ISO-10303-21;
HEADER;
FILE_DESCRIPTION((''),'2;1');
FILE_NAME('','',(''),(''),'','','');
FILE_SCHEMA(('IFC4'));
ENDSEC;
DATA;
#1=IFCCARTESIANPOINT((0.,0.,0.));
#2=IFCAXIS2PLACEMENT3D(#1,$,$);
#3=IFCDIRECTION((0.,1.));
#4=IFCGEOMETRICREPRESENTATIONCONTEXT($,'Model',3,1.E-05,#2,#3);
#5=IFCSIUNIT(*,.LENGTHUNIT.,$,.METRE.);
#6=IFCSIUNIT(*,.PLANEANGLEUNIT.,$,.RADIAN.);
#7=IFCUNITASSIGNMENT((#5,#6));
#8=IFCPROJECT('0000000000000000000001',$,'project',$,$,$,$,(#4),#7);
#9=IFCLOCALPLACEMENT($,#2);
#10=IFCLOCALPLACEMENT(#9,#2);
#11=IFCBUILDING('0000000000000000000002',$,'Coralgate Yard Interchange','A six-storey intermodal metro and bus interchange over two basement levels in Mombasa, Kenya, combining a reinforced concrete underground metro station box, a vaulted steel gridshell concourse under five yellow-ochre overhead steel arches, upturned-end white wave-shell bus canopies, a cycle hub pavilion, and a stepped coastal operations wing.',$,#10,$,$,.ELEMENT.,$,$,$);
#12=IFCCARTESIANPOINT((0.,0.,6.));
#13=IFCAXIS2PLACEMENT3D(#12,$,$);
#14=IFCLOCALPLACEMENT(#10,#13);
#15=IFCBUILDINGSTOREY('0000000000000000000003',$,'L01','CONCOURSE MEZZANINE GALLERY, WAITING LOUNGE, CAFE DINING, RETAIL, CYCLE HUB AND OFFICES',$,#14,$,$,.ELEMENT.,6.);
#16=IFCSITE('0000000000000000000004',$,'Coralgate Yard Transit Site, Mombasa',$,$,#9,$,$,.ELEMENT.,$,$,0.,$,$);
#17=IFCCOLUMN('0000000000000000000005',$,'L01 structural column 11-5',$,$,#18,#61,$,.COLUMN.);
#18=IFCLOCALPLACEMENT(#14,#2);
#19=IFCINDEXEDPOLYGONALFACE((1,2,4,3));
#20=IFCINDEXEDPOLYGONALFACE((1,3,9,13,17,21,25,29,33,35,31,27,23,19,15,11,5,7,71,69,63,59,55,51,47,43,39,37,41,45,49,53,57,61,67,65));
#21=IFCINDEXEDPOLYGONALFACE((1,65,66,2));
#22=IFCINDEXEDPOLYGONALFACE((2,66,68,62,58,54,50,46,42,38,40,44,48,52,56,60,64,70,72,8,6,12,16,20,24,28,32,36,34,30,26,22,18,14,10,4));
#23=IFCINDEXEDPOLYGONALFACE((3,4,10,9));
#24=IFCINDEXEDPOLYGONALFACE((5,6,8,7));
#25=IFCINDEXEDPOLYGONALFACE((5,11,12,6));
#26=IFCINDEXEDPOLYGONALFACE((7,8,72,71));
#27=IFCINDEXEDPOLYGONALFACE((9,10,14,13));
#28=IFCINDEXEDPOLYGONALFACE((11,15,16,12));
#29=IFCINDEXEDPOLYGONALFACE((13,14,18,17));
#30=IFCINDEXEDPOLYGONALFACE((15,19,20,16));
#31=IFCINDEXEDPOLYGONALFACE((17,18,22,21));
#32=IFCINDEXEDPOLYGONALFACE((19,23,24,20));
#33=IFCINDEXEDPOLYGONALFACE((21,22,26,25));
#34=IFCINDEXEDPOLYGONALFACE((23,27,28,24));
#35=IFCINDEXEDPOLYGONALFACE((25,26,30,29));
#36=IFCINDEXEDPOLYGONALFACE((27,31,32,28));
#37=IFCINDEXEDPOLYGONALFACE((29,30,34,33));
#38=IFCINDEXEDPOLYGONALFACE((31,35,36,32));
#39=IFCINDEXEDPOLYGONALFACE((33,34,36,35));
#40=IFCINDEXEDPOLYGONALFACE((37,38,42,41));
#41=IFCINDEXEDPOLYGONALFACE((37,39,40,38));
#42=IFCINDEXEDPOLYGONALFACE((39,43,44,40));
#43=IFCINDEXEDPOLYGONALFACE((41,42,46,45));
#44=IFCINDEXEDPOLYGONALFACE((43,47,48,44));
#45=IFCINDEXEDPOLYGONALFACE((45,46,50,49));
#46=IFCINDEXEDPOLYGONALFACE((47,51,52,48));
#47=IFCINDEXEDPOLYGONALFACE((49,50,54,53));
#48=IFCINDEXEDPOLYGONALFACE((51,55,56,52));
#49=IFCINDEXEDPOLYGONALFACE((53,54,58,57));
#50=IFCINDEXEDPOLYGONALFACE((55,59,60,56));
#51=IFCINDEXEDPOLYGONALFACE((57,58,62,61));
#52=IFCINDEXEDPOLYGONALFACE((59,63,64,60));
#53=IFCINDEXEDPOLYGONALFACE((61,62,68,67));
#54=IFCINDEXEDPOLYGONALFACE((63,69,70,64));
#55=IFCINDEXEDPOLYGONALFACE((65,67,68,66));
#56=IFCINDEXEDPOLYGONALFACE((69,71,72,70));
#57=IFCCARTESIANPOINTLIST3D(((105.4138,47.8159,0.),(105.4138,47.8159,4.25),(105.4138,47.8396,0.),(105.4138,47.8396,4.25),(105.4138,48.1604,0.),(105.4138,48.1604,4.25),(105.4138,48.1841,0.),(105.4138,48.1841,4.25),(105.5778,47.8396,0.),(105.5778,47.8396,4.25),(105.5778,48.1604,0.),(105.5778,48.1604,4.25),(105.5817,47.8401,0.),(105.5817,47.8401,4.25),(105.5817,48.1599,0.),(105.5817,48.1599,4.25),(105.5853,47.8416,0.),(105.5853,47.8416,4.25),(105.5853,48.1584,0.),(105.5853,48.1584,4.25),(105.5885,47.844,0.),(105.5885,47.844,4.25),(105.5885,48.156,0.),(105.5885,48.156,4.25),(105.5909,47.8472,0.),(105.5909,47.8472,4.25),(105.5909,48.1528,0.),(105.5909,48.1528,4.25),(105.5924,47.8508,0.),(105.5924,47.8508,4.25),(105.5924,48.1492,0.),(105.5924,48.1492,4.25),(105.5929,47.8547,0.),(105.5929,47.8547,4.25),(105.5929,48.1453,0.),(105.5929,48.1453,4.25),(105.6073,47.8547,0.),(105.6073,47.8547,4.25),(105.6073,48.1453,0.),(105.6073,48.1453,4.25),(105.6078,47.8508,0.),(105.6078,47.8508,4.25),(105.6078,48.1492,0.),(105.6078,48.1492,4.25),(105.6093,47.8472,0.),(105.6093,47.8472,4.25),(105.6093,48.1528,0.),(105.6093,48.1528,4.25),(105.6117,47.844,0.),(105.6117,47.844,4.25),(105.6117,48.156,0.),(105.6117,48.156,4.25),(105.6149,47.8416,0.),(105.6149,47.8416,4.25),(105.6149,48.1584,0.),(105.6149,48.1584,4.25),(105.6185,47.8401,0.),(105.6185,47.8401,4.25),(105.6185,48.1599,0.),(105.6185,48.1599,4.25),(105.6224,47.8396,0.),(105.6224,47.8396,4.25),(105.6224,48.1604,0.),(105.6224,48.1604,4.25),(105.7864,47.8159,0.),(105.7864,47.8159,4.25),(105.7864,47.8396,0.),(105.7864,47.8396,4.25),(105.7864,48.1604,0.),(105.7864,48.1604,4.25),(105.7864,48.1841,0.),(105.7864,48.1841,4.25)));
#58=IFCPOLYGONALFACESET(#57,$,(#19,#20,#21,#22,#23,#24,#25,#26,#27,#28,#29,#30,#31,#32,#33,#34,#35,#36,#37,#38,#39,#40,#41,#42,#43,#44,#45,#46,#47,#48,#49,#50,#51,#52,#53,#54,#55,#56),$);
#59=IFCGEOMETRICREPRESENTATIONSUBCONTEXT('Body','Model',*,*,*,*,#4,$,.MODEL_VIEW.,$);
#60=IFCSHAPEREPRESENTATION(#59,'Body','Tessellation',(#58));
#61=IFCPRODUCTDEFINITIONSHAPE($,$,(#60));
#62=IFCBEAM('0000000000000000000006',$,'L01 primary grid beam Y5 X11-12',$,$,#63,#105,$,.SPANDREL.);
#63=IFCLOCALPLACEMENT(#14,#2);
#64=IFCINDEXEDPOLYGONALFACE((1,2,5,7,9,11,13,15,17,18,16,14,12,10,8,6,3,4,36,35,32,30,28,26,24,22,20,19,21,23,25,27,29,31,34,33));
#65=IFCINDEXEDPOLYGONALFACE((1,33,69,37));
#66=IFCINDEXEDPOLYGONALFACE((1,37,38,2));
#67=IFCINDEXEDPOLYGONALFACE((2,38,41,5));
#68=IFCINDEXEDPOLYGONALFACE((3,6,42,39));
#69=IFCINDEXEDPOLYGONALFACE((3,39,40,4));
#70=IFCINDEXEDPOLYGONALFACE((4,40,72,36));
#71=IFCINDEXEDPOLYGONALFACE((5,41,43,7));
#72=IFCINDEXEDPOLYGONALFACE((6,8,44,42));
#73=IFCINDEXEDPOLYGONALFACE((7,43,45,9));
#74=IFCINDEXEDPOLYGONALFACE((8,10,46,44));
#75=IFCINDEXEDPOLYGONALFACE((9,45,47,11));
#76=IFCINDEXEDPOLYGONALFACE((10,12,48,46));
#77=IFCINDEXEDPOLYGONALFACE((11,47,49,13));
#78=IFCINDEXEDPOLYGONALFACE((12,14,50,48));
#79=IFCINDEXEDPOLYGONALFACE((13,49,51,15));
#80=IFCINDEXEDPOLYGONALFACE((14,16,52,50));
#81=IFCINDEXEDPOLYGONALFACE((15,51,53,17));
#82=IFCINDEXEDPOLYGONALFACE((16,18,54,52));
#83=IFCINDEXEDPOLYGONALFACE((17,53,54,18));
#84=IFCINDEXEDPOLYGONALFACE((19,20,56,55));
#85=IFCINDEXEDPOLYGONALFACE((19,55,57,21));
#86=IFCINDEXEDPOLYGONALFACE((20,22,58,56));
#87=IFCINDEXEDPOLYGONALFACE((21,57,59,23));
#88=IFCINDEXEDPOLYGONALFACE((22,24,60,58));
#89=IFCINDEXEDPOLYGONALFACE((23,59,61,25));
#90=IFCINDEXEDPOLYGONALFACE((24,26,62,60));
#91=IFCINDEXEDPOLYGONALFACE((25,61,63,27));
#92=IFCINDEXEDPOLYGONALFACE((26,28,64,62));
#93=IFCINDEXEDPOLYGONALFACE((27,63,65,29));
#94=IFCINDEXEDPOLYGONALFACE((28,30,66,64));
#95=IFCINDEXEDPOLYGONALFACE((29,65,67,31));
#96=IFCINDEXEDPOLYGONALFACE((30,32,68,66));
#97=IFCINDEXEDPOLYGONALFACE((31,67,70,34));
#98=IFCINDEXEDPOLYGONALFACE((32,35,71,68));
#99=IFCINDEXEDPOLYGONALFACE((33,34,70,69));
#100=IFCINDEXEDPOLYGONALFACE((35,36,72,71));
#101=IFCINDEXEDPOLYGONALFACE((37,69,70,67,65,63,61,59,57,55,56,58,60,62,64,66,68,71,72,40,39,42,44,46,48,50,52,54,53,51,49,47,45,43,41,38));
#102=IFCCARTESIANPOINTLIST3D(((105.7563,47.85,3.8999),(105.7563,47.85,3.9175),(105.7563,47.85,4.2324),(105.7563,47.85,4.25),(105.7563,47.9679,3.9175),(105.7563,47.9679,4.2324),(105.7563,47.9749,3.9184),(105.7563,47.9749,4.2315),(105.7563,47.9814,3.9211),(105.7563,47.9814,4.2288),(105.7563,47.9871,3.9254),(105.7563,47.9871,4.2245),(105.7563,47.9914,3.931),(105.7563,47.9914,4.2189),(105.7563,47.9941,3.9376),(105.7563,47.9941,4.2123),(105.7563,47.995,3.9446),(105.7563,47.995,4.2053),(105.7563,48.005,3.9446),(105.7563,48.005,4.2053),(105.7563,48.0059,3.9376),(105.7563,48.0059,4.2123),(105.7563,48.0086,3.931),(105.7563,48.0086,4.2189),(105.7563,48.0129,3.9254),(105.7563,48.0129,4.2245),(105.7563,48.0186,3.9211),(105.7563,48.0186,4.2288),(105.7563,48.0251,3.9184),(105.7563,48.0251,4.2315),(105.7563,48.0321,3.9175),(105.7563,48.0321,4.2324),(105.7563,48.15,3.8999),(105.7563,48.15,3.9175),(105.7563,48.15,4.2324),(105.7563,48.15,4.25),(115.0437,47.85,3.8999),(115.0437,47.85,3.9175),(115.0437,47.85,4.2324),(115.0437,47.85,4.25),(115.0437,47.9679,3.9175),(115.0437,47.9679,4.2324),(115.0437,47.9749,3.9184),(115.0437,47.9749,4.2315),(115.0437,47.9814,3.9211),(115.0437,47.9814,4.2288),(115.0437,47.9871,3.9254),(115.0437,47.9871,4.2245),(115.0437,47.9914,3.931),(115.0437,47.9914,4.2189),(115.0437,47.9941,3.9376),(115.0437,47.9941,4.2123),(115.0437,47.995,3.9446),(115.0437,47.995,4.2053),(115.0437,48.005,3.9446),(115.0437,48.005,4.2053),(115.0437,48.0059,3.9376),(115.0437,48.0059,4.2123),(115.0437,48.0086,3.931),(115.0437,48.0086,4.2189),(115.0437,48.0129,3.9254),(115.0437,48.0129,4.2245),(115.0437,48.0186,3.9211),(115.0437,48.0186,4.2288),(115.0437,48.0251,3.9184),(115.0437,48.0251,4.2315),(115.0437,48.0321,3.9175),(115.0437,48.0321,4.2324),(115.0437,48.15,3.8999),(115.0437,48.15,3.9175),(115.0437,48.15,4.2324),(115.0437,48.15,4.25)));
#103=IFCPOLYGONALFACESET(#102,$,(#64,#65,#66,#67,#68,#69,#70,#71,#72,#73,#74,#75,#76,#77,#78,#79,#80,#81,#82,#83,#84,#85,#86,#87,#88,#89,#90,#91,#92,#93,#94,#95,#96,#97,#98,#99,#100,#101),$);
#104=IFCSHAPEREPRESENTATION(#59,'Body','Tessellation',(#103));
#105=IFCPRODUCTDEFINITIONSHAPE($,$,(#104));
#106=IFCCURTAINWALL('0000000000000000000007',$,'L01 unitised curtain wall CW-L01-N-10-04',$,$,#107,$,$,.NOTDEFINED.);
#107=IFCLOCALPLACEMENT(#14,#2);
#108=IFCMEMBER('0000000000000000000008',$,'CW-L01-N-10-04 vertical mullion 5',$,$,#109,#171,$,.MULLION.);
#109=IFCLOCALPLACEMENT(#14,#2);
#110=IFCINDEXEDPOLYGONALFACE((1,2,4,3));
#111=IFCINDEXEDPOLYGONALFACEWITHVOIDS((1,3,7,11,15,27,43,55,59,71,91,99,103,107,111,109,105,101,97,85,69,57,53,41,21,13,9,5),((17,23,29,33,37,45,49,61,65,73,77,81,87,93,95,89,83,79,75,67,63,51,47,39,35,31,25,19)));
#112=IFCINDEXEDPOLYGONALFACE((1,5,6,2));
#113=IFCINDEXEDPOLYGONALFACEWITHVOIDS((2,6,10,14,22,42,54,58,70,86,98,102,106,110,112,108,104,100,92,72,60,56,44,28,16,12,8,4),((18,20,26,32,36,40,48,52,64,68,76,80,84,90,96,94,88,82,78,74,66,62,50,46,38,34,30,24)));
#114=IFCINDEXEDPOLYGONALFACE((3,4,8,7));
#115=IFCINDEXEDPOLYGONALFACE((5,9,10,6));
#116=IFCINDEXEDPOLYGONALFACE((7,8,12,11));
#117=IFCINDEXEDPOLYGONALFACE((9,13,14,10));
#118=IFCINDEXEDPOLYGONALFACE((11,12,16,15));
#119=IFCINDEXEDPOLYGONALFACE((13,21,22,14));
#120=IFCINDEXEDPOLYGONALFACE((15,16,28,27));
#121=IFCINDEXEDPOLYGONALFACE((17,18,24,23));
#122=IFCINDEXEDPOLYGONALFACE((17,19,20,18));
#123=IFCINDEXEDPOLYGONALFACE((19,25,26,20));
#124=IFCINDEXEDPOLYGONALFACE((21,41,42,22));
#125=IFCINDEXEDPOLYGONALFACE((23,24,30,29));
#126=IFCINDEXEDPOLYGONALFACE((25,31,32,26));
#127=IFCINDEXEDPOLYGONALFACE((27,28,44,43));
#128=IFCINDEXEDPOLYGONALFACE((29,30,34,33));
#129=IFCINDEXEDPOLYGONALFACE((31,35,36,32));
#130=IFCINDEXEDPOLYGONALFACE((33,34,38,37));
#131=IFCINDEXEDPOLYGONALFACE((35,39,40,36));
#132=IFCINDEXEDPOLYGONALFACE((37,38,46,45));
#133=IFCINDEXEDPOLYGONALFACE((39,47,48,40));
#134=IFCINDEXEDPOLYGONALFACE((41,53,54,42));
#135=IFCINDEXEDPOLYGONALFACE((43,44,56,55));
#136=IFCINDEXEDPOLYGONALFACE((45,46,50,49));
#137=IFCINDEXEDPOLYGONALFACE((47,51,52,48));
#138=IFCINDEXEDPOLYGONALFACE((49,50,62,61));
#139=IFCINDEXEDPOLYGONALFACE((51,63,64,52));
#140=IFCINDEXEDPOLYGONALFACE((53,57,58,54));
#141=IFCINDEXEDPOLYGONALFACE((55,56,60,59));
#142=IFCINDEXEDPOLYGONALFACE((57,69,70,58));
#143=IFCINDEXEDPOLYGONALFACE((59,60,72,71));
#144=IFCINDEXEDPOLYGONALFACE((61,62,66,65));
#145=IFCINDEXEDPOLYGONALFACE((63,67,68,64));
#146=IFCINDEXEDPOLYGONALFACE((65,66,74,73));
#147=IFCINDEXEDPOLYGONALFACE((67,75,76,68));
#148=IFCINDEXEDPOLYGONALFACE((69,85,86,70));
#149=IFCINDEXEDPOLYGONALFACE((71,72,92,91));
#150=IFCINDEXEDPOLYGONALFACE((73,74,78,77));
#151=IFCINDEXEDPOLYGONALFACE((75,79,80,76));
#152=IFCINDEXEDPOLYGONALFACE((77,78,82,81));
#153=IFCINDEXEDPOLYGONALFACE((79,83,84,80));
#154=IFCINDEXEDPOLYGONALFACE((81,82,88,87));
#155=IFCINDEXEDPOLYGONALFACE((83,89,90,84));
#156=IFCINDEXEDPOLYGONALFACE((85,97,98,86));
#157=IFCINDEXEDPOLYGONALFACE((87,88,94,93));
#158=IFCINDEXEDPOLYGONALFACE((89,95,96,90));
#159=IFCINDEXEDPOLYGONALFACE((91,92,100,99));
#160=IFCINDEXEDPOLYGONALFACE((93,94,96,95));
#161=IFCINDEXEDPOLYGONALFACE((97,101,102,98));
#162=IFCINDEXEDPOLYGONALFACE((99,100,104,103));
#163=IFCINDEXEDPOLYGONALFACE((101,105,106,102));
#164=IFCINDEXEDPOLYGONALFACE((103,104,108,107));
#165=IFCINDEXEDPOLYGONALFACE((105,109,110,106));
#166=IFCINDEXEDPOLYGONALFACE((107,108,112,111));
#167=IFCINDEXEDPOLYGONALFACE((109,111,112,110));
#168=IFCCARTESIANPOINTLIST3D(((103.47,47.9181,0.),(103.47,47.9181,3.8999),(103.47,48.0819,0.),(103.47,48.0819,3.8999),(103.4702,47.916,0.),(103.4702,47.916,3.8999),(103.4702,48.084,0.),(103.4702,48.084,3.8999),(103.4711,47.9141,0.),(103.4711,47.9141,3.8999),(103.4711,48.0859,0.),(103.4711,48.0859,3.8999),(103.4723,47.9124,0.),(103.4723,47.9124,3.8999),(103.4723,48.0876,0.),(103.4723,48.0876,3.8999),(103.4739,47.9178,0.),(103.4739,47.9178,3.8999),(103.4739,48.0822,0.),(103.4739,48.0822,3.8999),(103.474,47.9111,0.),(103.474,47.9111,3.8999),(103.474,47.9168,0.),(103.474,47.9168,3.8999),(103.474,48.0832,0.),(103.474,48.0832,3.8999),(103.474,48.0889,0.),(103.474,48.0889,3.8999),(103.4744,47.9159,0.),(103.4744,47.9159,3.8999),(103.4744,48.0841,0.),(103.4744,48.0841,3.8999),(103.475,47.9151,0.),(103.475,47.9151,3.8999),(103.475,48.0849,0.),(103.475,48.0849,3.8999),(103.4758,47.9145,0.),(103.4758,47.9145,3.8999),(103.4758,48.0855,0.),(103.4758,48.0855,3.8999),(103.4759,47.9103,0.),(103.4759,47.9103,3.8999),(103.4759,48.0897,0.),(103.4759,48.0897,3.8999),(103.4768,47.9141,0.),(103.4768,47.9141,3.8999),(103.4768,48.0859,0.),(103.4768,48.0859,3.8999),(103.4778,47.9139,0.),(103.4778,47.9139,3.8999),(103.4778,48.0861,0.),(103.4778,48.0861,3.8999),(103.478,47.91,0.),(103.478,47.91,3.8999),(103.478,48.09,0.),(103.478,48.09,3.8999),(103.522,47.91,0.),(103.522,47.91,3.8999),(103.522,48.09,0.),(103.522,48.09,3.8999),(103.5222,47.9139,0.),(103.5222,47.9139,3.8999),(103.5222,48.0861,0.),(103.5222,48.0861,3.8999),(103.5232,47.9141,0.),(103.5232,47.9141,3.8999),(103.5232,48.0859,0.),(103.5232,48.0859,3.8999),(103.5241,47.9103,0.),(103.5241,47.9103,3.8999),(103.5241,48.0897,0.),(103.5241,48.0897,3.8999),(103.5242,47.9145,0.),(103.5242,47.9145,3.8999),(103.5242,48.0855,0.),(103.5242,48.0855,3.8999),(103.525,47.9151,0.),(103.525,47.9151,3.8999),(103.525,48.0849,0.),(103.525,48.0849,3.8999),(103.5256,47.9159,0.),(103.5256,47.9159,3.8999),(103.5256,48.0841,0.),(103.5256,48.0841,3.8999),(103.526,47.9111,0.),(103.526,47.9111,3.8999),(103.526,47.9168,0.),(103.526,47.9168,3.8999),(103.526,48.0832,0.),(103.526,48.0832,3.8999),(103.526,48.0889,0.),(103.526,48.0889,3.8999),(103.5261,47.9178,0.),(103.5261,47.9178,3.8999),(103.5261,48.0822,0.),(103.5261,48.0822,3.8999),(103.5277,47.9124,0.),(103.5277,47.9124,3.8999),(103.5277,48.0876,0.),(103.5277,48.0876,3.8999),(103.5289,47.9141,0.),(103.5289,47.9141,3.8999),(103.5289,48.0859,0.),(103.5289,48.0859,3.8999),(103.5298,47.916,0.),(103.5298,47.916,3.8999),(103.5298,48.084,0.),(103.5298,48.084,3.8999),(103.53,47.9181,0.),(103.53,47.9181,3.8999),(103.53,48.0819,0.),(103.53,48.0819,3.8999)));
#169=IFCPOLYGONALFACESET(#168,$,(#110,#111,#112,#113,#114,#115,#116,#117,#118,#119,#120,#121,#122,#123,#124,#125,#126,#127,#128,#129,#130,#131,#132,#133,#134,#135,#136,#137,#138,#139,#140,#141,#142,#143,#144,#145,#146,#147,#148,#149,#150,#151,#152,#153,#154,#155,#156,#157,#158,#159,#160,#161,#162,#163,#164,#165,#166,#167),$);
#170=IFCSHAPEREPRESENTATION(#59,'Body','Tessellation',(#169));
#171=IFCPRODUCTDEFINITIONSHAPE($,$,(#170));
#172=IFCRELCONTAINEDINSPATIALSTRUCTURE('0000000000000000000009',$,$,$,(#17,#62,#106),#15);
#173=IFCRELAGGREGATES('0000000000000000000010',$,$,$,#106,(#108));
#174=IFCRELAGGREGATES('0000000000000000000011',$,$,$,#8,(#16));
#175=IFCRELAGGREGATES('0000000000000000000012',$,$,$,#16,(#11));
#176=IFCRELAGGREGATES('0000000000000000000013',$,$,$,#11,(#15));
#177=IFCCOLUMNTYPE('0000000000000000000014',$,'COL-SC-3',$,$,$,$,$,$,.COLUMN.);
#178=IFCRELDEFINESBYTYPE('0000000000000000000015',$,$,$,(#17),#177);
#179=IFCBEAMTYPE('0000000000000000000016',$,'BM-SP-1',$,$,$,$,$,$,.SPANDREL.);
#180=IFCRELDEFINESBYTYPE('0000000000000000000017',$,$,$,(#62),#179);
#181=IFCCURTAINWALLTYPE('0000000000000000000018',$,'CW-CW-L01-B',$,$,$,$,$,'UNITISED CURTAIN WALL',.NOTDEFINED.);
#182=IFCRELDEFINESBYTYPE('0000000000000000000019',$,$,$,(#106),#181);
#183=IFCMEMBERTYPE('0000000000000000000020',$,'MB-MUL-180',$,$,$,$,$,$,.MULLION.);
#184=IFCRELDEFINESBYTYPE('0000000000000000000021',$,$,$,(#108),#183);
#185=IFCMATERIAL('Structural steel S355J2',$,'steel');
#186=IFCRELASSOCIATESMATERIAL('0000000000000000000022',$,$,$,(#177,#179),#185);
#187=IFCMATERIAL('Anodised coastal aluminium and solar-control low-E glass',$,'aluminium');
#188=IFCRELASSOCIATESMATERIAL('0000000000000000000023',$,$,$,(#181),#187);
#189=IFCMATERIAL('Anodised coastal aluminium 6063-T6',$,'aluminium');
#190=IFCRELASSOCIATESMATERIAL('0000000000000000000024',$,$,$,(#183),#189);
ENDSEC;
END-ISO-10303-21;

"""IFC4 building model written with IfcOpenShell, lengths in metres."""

from ifc_helpers import new_model, si_unit, direction, frame, origin, origin_2d, place, context, subcontext, project, spatial, hollow_rectangle, i_section, extrude, material, material_profile, profile_set, type_object, element, aggregate, save


model = new_model("IFC4")

# Units and contexts
model_context = context("Model", 3, precision=1e-05, world=origin(), true_north=direction((0.0, 1.0)))
body_context = subcontext(model_context, "Body", "Model", "MODEL_VIEW")
ifc_project = project(units=[si_unit("LENGTHUNIT", "METRE"), si_unit("PLANEANGLEUNIT", "RADIAN")], contexts=[model_context])

# Site, building, storey
site_placement = place(None, origin())
site = spatial("IfcSite", under=ifc_project, at=site_placement, Name="Coralgate Yard Transit Site, Mombasa", CompositionType="ELEMENT", RefElevation=0.0)
building_placement = place(site_placement, origin())
building = spatial("IfcBuilding", under=site, at=building_placement, Name="Coralgate Yard Interchange", Description="A six-storey intermodal metro and bus interchange over two basement levels in Mombasa, Kenya, combining a reinforced concrete underground metro station box, a vaulted steel gridshell concourse under five yellow-ochre overhead steel arches, upturned-end white wave-shell bus canopies, a cycle hub pavilion, and a stepped coastal operations wing.", CompositionType="ELEMENT")
storey_placement = place(building_placement, frame((0.0, 0.0, 6.0)))
storey = spatial("IfcBuildingStorey", under=building, at=storey_placement, Name="L01", Description="CONCOURSE MEZZANINE GALLERY, WAITING LOUNGE, CAFE DINING, RETAIL, CYCLE HUB AND OFFICES", CompositionType="ELEMENT", Elevation=6.0)

# Column
ifc_material_1 = material(Name="Structural steel S355J2", Category="steel")
ifc_material_profile_1 = material_profile(ifc_material_1, i_section(OverallWidth=0.3726, OverallDepth=0.3682, WebThickness=0.0144, FlangeThickness=0.0237, FilletRadius=0.0151, at=origin_2d()), Name="UC 356x368x177")
ifc_profile_set_1 = profile_set([ifc_material_profile_1], Name="Structural steel S355J2")
column_type = type_object("IfcColumnType", Name="COL-SC-3", PredefinedType="COLUMN", material=ifc_profile_set_1)
column_placement = place(storey_placement, frame((105.6001, 48.0, 0.0), z_axis=(0.0, 0.0, 1.0), x_axis=(1.0, 0.0, 0.0)))
element("IfcColumn", 1, at=column_placement, inside=storey, type_object=column_type, Name="L01 structural column 11-5", PredefinedType="COLUMN", context=body_context, shape_type="SweptSolid", body=[
    extrude(i_section(OverallWidth=0.3726, OverallDepth=0.3682, WebThickness=0.0144, FlangeThickness=0.0237, FilletRadius=0.0151, at=origin_2d()), origin(), (0.0, 0.0, 1.0), 4.25),
])

# Beam
ifc_material_profile_2 = material_profile(ifc_material_1, i_section(OverallWidth=0.3, OverallDepth=0.3501, WebThickness=0.01, FlangeThickness=0.0176, FilletRadius=0.0271, at=origin_2d()), Name="HEA 360")
ifc_profile_set_2 = profile_set([ifc_material_profile_2], Name="Structural steel S355J2")
beam_type = type_object("IfcBeamType", Name="BM-SP-1", PredefinedType="SPANDREL", material=ifc_profile_set_2)
beam_placement = place(storey_placement, frame((105.7563, 48.0, 4.075), z_axis=(1.0, 0.0, 0.0), x_axis=(0.0, 1.0, 0.0)))
element("IfcBeam", 2, at=beam_placement, inside=storey, type_object=beam_type, Name="L01 primary grid beam Y5 X11-12", PredefinedType="SPANDREL", context=body_context, shape_type="SweptSolid", body=[
    extrude(i_section(OverallWidth=0.3, OverallDepth=0.3501, WebThickness=0.01, FlangeThickness=0.0176, FilletRadius=0.0271, at=origin_2d()), origin(), (0.0, 0.0, 1.0), 9.2874),
])

# Curtain wall, member
ifc_material_2 = material(Name="Anodised coastal aluminium and solar-control low-E glass", Category="aluminium")
curtain_wall_type = type_object("IfcCurtainWallType", Name="CW-CW-L01-B", ElementType="UNITISED CURTAIN WALL", PredefinedType="NOTDEFINED", material=ifc_material_2)
curtain_wall_1_placement = place(storey_placement, origin())
curtain_wall_1 = element("IfcCurtainWall", 3, at=curtain_wall_1_placement, inside=storey, type_object=curtain_wall_type, Name="L01 unitised curtain wall CW-L01-N-10-04", PredefinedType="NOTDEFINED")
ifc_material_3 = material(Name="Anodised coastal aluminium 6063-T6", Category="aluminium")
ifc_material_profile_3 = material_profile(ifc_material_3, hollow_rectangle(XDim=0.0601, YDim=0.1799, WallThickness=0.0039, InnerFilletRadius=0.0039, OuterFilletRadius=0.0081, at=origin_2d()), Name="ALU 60x180x4")
ifc_profile_set_3 = profile_set([ifc_material_profile_3], Name="Anodised coastal aluminium 6063-T6")
member_type_1 = type_object("IfcMemberType", Name="MB-MUL-180", PredefinedType="MULLION", material=ifc_profile_set_3)
member_1_placement = place(storey_placement, frame((103.5, 48.0, 0.0), z_axis=(0.0, 0.0, 1.0), x_axis=(1.0, 0.0, 0.0)))
member_1 = element("IfcMember", 4, at=member_1_placement, type_object=member_type_1, Name="CW-L01-N-10-04 vertical mullion 5", PredefinedType="MULLION", context=body_context, shape_type="SweptSolid", body=[
    extrude(hollow_rectangle(XDim=0.0601, YDim=0.1799, WallThickness=0.0039, InnerFilletRadius=0.0039, OuterFilletRadius=0.0081, at=origin_2d()), origin(), (0.0, 0.0, 1.0), 3.8999),
])

aggregate(curtain_wall_1, [member_1])

save(model, "model.ifc")
